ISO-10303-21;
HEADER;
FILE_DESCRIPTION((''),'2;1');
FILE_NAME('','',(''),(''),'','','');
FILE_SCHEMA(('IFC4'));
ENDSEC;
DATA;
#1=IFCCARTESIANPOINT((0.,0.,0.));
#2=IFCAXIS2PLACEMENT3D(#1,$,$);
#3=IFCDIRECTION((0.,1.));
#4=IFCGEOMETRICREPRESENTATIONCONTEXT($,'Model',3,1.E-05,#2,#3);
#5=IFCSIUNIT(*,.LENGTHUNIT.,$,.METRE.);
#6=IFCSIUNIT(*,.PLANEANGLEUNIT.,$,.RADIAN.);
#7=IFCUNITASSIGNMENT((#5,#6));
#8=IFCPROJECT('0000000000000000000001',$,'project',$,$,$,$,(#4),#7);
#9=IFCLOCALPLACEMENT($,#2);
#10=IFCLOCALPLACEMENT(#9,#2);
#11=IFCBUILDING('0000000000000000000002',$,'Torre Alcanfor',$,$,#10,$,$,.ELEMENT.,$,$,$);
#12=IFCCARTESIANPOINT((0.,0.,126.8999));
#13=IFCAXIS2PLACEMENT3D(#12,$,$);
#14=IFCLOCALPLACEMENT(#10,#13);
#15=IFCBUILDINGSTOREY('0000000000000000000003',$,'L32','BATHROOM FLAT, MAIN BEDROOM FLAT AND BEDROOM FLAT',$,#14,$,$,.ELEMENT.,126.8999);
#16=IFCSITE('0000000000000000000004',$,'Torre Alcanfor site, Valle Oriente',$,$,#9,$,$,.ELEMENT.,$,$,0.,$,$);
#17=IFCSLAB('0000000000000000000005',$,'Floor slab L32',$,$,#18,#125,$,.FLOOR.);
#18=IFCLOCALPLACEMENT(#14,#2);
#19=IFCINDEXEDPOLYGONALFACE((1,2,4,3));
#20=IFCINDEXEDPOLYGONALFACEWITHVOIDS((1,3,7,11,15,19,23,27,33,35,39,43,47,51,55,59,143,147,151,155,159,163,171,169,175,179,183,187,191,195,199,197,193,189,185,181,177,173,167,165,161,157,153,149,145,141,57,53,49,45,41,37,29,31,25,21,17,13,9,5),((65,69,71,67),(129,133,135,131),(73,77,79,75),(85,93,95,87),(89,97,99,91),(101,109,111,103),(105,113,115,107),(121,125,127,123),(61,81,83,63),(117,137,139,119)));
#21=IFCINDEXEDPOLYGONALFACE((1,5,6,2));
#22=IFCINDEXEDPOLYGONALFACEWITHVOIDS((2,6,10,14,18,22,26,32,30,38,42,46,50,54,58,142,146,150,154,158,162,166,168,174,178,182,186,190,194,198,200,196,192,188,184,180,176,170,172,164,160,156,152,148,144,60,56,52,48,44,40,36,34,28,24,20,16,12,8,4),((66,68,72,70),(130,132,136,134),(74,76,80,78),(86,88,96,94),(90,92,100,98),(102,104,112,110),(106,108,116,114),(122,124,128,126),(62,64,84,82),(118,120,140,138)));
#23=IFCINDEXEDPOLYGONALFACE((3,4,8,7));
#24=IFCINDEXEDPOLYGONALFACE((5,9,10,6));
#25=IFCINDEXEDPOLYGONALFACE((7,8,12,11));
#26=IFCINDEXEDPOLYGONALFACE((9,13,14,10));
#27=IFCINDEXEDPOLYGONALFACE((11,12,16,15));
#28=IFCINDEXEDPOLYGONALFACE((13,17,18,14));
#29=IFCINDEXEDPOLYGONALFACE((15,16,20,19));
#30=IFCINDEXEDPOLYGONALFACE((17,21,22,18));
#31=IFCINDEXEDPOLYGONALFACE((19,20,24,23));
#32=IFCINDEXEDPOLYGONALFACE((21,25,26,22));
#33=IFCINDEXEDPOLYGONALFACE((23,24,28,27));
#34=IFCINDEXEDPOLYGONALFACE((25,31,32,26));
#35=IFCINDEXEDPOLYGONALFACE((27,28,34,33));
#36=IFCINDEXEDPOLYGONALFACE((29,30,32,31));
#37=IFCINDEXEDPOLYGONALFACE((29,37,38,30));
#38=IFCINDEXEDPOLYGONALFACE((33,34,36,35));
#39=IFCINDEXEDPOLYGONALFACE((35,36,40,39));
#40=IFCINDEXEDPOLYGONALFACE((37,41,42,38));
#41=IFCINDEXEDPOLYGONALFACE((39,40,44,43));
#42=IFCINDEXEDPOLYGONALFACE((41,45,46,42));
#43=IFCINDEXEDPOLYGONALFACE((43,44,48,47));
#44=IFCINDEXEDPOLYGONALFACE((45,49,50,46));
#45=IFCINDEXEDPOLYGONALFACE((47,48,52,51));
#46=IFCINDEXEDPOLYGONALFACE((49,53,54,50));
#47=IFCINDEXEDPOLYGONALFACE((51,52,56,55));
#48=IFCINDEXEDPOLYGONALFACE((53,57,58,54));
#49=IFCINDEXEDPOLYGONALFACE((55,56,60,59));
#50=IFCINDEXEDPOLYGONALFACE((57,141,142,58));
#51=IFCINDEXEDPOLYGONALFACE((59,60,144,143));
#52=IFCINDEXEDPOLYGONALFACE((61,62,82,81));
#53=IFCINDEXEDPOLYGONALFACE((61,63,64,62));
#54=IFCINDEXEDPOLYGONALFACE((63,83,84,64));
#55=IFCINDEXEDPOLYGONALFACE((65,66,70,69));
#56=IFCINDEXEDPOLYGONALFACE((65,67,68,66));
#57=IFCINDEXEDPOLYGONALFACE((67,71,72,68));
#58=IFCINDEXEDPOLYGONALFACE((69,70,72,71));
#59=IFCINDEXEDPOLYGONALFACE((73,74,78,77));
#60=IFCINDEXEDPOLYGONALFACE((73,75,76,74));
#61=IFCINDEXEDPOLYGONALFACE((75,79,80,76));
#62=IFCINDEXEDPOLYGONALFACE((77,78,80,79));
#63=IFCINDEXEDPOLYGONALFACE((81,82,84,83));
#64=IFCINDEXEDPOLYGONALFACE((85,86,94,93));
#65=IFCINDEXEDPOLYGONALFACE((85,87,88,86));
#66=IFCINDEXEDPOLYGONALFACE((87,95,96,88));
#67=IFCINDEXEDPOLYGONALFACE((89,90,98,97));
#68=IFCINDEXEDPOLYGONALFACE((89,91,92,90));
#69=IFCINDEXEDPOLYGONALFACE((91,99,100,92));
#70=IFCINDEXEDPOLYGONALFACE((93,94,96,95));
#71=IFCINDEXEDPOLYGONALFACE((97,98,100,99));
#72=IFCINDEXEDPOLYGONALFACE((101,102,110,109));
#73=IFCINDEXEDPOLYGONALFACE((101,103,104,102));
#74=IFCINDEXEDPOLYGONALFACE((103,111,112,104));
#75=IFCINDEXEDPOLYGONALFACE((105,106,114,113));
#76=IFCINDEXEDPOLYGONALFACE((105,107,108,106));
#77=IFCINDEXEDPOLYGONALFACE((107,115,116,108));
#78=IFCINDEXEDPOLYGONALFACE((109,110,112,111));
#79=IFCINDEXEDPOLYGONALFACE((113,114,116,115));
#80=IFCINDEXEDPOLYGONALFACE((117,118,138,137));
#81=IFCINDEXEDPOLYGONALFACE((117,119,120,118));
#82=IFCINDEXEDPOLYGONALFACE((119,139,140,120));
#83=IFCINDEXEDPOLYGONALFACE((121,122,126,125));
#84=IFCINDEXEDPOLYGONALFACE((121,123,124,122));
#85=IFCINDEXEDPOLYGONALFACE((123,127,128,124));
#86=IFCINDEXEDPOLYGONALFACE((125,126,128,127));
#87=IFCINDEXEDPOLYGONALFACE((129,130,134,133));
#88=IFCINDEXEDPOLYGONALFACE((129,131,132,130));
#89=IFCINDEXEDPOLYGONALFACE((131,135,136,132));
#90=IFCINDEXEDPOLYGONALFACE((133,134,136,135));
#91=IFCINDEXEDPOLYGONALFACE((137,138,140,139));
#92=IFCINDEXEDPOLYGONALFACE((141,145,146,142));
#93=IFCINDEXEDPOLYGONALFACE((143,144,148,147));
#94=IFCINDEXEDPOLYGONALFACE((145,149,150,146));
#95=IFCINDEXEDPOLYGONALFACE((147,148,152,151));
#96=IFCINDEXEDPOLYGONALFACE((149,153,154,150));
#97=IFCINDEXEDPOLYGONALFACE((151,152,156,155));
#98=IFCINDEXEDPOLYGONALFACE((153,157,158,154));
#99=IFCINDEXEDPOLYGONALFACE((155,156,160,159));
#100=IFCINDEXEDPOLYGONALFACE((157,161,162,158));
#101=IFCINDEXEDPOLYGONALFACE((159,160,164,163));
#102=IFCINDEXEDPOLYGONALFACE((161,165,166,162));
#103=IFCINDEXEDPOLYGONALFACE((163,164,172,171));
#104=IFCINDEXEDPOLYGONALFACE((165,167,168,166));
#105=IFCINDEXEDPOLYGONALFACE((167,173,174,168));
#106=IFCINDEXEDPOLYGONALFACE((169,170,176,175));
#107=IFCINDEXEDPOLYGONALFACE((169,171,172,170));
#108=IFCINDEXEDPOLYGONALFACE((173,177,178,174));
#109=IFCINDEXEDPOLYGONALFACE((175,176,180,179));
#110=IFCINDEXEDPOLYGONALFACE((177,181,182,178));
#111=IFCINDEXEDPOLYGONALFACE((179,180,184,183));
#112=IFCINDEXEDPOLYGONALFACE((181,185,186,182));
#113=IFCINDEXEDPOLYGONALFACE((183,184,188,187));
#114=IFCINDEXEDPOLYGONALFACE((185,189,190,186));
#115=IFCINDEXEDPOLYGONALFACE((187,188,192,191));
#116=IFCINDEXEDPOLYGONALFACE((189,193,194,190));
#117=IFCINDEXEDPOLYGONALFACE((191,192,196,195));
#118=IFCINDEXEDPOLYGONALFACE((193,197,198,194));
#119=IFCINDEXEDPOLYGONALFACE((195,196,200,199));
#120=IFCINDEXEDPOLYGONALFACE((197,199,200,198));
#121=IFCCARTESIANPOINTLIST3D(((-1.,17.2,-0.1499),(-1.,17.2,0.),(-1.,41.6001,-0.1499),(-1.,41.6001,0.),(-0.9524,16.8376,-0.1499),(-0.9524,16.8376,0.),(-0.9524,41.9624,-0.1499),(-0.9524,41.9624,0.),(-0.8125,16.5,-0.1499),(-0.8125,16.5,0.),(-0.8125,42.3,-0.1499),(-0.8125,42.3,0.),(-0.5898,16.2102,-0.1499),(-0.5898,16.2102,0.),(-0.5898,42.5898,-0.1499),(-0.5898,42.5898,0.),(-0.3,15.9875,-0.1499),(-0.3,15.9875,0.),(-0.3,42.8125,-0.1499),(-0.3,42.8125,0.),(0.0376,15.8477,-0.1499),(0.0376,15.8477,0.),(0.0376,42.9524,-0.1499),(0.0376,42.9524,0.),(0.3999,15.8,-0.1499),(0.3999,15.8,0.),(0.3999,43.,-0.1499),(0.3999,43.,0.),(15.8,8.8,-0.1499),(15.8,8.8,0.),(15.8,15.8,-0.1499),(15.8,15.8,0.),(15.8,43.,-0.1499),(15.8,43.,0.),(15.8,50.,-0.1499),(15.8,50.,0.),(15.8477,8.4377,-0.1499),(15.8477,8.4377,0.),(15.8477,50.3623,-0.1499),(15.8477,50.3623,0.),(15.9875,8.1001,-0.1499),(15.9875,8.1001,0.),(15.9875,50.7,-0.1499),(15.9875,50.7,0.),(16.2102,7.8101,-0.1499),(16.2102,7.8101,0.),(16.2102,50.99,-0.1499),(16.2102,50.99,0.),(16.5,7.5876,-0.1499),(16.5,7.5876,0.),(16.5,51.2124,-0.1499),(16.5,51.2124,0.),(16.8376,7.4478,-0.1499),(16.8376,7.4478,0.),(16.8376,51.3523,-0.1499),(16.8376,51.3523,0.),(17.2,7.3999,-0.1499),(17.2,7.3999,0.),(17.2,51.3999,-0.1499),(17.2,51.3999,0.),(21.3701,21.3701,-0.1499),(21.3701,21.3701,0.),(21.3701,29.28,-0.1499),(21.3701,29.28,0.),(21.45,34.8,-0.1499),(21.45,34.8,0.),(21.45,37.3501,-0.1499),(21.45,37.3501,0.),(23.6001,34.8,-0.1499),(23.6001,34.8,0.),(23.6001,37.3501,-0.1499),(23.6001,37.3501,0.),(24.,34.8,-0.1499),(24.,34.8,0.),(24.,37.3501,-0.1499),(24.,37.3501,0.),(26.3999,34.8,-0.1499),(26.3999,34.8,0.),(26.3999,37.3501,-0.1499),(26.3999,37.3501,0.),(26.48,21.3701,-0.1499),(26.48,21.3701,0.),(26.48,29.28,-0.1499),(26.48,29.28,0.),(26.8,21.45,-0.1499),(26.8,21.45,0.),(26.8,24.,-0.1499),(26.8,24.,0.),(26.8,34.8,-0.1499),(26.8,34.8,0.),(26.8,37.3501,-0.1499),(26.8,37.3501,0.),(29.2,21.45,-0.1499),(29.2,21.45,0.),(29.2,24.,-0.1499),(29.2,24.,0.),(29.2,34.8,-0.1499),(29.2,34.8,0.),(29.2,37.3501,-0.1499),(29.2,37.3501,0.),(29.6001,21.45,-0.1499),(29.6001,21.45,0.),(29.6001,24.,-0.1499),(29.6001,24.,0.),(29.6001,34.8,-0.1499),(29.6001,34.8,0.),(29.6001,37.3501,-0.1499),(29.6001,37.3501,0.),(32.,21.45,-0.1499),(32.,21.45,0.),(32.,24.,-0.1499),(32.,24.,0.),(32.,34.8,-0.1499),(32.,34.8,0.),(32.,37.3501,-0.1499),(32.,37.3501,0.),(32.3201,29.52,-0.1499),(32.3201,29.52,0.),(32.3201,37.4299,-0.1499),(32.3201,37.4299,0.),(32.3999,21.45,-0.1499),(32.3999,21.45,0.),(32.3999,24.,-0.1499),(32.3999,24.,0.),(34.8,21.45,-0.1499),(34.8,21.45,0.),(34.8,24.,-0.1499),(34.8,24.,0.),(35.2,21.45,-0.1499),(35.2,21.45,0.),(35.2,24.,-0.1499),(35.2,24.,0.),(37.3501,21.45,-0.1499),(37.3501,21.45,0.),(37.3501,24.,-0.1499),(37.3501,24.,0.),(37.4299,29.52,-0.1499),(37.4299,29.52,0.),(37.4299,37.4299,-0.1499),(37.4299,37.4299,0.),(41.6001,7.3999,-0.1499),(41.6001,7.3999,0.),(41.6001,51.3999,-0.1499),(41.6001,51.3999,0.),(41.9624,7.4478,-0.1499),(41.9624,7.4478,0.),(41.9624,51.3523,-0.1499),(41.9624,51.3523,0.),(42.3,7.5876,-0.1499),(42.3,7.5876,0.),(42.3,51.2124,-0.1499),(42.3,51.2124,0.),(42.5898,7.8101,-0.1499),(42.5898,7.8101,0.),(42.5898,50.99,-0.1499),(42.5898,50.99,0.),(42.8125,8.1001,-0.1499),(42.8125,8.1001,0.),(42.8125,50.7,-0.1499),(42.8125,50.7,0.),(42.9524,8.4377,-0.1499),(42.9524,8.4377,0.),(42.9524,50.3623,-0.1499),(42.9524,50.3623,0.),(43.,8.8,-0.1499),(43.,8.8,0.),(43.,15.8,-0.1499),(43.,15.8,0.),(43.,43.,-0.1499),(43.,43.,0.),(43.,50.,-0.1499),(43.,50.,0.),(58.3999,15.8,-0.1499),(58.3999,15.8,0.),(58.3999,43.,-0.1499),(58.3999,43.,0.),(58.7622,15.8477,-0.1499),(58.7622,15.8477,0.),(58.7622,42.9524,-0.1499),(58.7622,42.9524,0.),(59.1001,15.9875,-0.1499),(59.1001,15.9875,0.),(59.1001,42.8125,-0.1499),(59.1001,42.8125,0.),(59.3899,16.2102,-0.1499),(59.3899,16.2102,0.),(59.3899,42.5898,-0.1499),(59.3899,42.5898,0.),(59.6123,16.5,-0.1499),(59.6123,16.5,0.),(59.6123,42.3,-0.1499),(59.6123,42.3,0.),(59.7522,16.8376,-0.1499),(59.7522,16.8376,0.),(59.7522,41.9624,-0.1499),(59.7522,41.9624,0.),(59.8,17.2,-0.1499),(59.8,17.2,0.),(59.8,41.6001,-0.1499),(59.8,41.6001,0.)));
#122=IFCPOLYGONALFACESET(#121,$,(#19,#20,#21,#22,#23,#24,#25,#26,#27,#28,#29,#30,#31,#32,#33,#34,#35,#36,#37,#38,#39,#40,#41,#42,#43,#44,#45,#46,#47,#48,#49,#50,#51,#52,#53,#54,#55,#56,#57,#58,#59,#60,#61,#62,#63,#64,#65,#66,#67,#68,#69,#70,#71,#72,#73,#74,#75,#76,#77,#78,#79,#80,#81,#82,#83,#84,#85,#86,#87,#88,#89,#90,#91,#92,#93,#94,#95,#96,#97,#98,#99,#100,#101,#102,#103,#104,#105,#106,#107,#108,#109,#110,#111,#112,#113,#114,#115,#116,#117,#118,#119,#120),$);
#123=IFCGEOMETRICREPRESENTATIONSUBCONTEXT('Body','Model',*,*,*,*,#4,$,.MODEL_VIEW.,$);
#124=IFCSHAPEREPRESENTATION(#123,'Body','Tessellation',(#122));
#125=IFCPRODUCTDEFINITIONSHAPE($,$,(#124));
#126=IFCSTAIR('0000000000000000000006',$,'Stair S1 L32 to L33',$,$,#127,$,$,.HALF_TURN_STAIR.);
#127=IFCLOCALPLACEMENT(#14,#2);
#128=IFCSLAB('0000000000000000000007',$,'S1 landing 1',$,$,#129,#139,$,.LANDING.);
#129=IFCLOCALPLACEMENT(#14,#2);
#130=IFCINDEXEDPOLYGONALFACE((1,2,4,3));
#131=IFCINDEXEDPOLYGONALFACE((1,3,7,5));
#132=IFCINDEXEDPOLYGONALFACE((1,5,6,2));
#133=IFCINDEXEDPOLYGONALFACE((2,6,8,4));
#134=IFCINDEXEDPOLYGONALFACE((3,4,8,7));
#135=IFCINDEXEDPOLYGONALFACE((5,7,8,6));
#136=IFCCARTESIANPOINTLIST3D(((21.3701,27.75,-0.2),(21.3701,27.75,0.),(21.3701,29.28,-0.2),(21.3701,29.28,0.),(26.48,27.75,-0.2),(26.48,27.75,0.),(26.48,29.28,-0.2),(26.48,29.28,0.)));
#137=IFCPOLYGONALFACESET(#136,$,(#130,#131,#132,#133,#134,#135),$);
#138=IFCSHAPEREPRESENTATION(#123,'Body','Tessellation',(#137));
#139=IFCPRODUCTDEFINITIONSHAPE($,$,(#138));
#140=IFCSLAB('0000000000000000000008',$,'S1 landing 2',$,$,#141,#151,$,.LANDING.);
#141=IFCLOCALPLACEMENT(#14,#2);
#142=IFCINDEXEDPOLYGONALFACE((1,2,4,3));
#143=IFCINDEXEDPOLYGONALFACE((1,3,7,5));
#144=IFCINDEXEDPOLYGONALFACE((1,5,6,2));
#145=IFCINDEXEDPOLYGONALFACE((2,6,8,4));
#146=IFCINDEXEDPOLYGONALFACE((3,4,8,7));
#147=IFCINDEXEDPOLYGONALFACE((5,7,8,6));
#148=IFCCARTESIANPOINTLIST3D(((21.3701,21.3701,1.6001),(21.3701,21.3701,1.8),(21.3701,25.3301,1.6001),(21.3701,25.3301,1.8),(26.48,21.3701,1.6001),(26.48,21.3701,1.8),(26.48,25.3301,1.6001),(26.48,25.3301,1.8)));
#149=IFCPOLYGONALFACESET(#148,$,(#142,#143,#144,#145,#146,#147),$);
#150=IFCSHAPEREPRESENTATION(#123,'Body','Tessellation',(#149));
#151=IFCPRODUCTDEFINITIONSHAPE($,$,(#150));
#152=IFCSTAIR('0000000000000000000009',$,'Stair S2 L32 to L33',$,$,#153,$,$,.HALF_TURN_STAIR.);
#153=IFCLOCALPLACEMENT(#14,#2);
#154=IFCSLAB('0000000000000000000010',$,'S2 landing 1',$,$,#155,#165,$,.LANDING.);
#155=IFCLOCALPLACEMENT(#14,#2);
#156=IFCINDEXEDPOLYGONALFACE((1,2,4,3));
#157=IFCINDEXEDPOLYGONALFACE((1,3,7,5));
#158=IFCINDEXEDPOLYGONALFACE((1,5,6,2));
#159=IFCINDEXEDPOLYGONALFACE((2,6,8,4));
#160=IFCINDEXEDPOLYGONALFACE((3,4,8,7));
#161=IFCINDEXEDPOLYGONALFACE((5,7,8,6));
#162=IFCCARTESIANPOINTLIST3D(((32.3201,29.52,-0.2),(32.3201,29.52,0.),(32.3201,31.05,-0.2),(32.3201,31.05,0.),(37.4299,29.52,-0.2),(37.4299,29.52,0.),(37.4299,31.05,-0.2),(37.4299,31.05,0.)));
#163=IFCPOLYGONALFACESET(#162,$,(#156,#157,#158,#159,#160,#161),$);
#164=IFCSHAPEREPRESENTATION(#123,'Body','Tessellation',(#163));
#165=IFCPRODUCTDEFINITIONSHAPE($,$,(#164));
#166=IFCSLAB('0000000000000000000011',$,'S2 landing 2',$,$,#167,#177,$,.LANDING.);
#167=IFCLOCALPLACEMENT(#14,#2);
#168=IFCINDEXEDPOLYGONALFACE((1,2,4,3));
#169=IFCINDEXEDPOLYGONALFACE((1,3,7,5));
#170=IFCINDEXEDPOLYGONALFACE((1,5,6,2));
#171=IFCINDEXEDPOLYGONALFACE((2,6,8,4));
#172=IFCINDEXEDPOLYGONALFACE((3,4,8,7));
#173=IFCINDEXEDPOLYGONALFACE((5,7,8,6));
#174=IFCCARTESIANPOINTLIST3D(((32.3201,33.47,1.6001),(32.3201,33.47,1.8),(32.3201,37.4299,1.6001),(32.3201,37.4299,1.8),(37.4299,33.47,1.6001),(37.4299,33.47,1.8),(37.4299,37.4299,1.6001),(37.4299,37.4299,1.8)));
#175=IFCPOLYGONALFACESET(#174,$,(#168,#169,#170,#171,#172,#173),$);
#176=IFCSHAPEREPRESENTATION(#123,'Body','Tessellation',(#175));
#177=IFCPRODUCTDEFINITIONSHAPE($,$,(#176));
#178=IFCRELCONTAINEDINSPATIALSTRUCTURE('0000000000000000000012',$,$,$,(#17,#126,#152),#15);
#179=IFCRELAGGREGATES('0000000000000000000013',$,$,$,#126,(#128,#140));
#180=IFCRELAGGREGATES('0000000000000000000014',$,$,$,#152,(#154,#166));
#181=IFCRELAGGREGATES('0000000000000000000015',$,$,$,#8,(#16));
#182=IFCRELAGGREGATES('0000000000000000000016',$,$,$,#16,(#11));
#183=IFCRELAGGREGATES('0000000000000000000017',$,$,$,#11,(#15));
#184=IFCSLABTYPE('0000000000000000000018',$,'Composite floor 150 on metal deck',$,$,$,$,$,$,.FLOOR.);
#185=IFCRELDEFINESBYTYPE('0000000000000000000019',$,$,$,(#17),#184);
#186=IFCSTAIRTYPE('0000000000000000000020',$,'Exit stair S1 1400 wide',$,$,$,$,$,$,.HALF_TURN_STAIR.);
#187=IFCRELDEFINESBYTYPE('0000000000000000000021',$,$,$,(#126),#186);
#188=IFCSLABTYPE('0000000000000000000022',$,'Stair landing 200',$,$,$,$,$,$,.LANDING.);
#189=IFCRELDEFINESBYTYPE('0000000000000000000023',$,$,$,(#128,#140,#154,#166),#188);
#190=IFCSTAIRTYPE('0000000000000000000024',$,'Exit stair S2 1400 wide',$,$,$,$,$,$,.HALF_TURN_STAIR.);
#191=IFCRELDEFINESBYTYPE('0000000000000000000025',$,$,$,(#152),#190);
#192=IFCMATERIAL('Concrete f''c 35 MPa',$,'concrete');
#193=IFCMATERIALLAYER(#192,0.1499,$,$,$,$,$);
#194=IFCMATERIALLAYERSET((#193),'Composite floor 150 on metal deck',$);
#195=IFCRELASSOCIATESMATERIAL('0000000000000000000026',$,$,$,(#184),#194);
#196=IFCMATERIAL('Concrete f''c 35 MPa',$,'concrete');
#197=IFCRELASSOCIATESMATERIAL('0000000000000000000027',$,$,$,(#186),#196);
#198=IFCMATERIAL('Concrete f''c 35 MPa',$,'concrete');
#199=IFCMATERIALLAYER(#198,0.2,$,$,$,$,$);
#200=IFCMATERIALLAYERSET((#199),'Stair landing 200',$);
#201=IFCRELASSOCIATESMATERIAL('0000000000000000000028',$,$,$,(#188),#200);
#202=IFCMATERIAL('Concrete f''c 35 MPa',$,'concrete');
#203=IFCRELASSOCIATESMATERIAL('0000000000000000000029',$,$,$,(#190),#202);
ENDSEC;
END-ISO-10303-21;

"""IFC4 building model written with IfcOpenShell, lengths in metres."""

from ifc_helpers import new_model, si_unit, direction, frame, origin, place, context, subcontext, project, spatial, polyline, outline, extrude, material, layer, layer_set, type_object, element, aggregate, save


model = new_model("IFC4")

# Units and contexts
model_context = context("Model", 3, precision=1e-05, world=origin(), true_north=direction((0.0, 1.0)))
body_context = subcontext(model_context, "Body", "Model", "MODEL_VIEW")
ifc_project = project(units=[si_unit("LENGTHUNIT", "METRE"), si_unit("PLANEANGLEUNIT", "RADIAN")], contexts=[model_context])

# Site, building, storey
site_placement = place(None, origin())
site = spatial("IfcSite", under=ifc_project, at=site_placement, Name="Torre Alcanfor site, Valle Oriente", CompositionType="ELEMENT", RefElevation=0.0)
building_placement = place(site_placement, origin())
building = spatial("IfcBuilding", under=site, at=building_placement, Name="Torre Alcanfor", CompositionType="ELEMENT")
storey_placement = place(building_placement, frame((0.0, 0.0, 126.8999)))
storey = spatial("IfcBuildingStorey", under=building, at=storey_placement, Name="L32", Description="BATHROOM FLAT, MAIN BEDROOM FLAT AND BEDROOM FLAT", CompositionType="ELEMENT", Elevation=126.8999)

# Slab
ifc_material_1 = material(Name="Concrete f'c 35 MPa", Category="concrete")
ifc_layer_1 = layer(ifc_material_1, 0.1499)
ifc_layer_set_1 = layer_set([ifc_layer_1], Name="Composite floor 150 on metal deck")
slab_type_1 = type_object("IfcSlabType", Name="Composite floor 150 on metal deck", PredefinedType="FLOOR", material=ifc_layer_set_1)
slab_1_placement = place(storey_placement, frame((0.0, 0.0, -0.1499)))
element("IfcSlab", 1, at=slab_1_placement, inside=storey, type_object=slab_type_1, Name="Floor slab L32", PredefinedType="FLOOR", context=body_context, shape_type="SweptSolid", body=[
    extrude(outline(polyline([(15.8, 43.0), (0.3999, 43.0), (0.0376, 42.9524), (-0.3, 42.8125), (-0.5898, 42.5898), (-0.8125, 42.3), (-0.9524, 41.9624), (-1.0, 41.6001), (-1.0, 17.2), (-0.9524, 16.8376), (-0.8125, 16.5), (-0.5898, 16.2102), (-0.3, 15.9875), (0.0376, 15.8477), (0.3999, 15.8), (15.8, 15.8), (15.8, 8.8), (15.8477, 8.4377), (15.9875, 8.1001), (16.2102, 7.8101), (16.5, 7.5876), (16.8376, 7.4478), (17.2, 7.3999), (41.6001, 7.3999), (41.9624, 7.4478), (42.3, 7.5876), (42.5898, 7.8101), (42.8125, 8.1001), (42.9524, 8.4377), (43.0, 8.8), (43.0, 15.8), (58.3999, 15.8), (58.7622, 15.8477), (59.1001, 15.9875), (59.3899, 16.2102), (59.6123, 16.5), (59.7522, 16.8376), (59.8, 17.2), (59.8, 41.6001), (59.7522, 41.9624), (59.6123, 42.3), (59.3899, 42.5898), (59.1001, 42.8125), (58.7622, 42.9524), (58.3999, 43.0), (43.0, 43.0), (43.0, 50.0), (42.9524, 50.3623), (42.8125, 50.7), (42.5898, 50.99), (42.3, 51.2124), (41.9624, 51.3523), (41.6001, 51.3999), (17.2, 51.3999), (16.8376, 51.3523), (16.5, 51.2124), (16.2102, 50.99), (15.9875, 50.7), (15.8477, 50.3623), (15.8, 50.0), (15.8, 43.0)]), holes=[polyline([(21.3701, 21.3701), (26.48, 21.3701), (26.48, 29.28), (21.3701, 29.28), (21.3701, 21.3701)]), polyline([(32.3201, 29.52), (37.4299, 29.52), (37.4299, 37.4299), (32.3201, 37.4299), (32.3201, 29.52)]), polyline([(26.8, 21.45), (29.2, 21.45), (29.2, 24.0), (26.8, 24.0), (26.8, 21.45)]), polyline([(29.6001, 21.45), (32.0, 21.45), (32.0, 24.0), (29.6001, 24.0), (29.6001, 21.45)]), polyline([(32.3999, 21.45), (34.8, 21.45), (34.8, 24.0), (32.3999, 24.0), (32.3999, 21.45)]), polyline([(35.2, 21.45), (37.3501, 21.45), (37.3501, 24.0), (35.2, 24.0), (35.2, 21.45)]), polyline([(21.45, 34.8), (23.6001, 34.8), (23.6001, 37.3501), (21.45, 37.3501), (21.45, 34.8)]), polyline([(24.0, 34.8), (26.3999, 34.8), (26.3999, 37.3501), (24.0, 37.3501), (24.0, 34.8)]), polyline([(26.8, 34.8), (29.2, 34.8), (29.2, 37.3501), (26.8, 37.3501), (26.8, 34.8)]), polyline([(29.6001, 34.8), (32.0, 34.8), (32.0, 37.3501), (29.6001, 37.3501), (29.6001, 34.8)])]), origin(), (0.0, 0.0, 1.0), 0.1499),
])

# Stairs, slabs
ifc_material_2 = material(Name="Concrete f'c 35 MPa", Category="concrete")
stair_type_1 = type_object("IfcStairType", Name="Exit stair S1 1400 wide", PredefinedType="HALF_TURN_STAIR", material=ifc_material_2)
stair_1_placement = place(storey_placement, origin())
stair_1 = element("IfcStair", 2, at=stair_1_placement, inside=storey, type_object=stair_type_1, Name="Stair S1 L32 to L33", PredefinedType="HALF_TURN_STAIR")
ifc_material_3 = material(Name="Concrete f'c 35 MPa", Category="concrete")
ifc_layer_2 = layer(ifc_material_3, 0.2)
ifc_layer_set_2 = layer_set([ifc_layer_2], Name="Stair landing 200")
slab_type_2 = type_object("IfcSlabType", Name="Stair landing 200", PredefinedType="LANDING", material=ifc_layer_set_2)
slab_2_placement = place(storey_placement, frame((0.0, 0.0, -0.2)))
slab_2 = element("IfcSlab", 3, at=slab_2_placement, type_object=slab_type_2, Name="S1 landing 1", PredefinedType="LANDING", context=body_context, shape_type="SweptSolid", body=[
    extrude(outline(polyline([(21.3701, 27.75), (26.48, 27.75), (26.48, 29.28), (21.3701, 29.28), (21.3701, 27.75)])), origin(), (0.0, 0.0, 1.0), 0.2),
])
slab_3_placement = place(storey_placement, frame((0.0, 0.0, 1.6001)))
slab_3 = element("IfcSlab", 4, at=slab_3_placement, type_object=slab_type_2, Name="S1 landing 2", PredefinedType="LANDING", context=body_context, shape_type="SweptSolid", body=[
    extrude(outline(polyline([(21.3701, 21.3701), (26.48, 21.3701), (26.48, 25.3301), (21.3701, 25.3301), (21.3701, 21.3701)])), origin(), (0.0, 0.0, 1.0), 0.2),
])
aggregate(stair_1, [slab_2, slab_3])
ifc_material_4 = material(Name="Concrete f'c 35 MPa", Category="concrete")
stair_type_2 = type_object("IfcStairType", Name="Exit stair S2 1400 wide", PredefinedType="HALF_TURN_STAIR", material=ifc_material_4)
stair_2_placement = place(storey_placement, origin())
stair_2 = element("IfcStair", 5, at=stair_2_placement, inside=storey, type_object=stair_type_2, Name="Stair S2 L32 to L33", PredefinedType="HALF_TURN_STAIR")
slab_4_placement = place(storey_placement, frame((0.0, 0.0, -0.2)))
slab_4 = element("IfcSlab", 6, at=slab_4_placement, type_object=slab_type_2, Name="S2 landing 1", PredefinedType="LANDING", context=body_context, shape_type="SweptSolid", body=[
    extrude(outline(polyline([(32.3201, 29.52), (37.4299, 29.52), (37.4299, 31.05), (32.3201, 31.05), (32.3201, 29.52)])), origin(), (0.0, 0.0, 1.0), 0.2),
])
slab_5_placement = place(storey_placement, frame((0.0, 0.0, 1.6001)))
slab_5 = element("IfcSlab", 7, at=slab_5_placement, type_object=slab_type_2, Name="S2 landing 2", PredefinedType="LANDING", context=body_context, shape_type="SweptSolid", body=[
    extrude(outline(polyline([(32.3201, 33.47), (37.4299, 33.47), (37.4299, 37.4299), (32.3201, 37.4299), (32.3201, 33.47)])), origin(), (0.0, 0.0, 1.0), 0.2),
])
aggregate(stair_2, [slab_4, slab_5])

save(model, "model.ifc")
